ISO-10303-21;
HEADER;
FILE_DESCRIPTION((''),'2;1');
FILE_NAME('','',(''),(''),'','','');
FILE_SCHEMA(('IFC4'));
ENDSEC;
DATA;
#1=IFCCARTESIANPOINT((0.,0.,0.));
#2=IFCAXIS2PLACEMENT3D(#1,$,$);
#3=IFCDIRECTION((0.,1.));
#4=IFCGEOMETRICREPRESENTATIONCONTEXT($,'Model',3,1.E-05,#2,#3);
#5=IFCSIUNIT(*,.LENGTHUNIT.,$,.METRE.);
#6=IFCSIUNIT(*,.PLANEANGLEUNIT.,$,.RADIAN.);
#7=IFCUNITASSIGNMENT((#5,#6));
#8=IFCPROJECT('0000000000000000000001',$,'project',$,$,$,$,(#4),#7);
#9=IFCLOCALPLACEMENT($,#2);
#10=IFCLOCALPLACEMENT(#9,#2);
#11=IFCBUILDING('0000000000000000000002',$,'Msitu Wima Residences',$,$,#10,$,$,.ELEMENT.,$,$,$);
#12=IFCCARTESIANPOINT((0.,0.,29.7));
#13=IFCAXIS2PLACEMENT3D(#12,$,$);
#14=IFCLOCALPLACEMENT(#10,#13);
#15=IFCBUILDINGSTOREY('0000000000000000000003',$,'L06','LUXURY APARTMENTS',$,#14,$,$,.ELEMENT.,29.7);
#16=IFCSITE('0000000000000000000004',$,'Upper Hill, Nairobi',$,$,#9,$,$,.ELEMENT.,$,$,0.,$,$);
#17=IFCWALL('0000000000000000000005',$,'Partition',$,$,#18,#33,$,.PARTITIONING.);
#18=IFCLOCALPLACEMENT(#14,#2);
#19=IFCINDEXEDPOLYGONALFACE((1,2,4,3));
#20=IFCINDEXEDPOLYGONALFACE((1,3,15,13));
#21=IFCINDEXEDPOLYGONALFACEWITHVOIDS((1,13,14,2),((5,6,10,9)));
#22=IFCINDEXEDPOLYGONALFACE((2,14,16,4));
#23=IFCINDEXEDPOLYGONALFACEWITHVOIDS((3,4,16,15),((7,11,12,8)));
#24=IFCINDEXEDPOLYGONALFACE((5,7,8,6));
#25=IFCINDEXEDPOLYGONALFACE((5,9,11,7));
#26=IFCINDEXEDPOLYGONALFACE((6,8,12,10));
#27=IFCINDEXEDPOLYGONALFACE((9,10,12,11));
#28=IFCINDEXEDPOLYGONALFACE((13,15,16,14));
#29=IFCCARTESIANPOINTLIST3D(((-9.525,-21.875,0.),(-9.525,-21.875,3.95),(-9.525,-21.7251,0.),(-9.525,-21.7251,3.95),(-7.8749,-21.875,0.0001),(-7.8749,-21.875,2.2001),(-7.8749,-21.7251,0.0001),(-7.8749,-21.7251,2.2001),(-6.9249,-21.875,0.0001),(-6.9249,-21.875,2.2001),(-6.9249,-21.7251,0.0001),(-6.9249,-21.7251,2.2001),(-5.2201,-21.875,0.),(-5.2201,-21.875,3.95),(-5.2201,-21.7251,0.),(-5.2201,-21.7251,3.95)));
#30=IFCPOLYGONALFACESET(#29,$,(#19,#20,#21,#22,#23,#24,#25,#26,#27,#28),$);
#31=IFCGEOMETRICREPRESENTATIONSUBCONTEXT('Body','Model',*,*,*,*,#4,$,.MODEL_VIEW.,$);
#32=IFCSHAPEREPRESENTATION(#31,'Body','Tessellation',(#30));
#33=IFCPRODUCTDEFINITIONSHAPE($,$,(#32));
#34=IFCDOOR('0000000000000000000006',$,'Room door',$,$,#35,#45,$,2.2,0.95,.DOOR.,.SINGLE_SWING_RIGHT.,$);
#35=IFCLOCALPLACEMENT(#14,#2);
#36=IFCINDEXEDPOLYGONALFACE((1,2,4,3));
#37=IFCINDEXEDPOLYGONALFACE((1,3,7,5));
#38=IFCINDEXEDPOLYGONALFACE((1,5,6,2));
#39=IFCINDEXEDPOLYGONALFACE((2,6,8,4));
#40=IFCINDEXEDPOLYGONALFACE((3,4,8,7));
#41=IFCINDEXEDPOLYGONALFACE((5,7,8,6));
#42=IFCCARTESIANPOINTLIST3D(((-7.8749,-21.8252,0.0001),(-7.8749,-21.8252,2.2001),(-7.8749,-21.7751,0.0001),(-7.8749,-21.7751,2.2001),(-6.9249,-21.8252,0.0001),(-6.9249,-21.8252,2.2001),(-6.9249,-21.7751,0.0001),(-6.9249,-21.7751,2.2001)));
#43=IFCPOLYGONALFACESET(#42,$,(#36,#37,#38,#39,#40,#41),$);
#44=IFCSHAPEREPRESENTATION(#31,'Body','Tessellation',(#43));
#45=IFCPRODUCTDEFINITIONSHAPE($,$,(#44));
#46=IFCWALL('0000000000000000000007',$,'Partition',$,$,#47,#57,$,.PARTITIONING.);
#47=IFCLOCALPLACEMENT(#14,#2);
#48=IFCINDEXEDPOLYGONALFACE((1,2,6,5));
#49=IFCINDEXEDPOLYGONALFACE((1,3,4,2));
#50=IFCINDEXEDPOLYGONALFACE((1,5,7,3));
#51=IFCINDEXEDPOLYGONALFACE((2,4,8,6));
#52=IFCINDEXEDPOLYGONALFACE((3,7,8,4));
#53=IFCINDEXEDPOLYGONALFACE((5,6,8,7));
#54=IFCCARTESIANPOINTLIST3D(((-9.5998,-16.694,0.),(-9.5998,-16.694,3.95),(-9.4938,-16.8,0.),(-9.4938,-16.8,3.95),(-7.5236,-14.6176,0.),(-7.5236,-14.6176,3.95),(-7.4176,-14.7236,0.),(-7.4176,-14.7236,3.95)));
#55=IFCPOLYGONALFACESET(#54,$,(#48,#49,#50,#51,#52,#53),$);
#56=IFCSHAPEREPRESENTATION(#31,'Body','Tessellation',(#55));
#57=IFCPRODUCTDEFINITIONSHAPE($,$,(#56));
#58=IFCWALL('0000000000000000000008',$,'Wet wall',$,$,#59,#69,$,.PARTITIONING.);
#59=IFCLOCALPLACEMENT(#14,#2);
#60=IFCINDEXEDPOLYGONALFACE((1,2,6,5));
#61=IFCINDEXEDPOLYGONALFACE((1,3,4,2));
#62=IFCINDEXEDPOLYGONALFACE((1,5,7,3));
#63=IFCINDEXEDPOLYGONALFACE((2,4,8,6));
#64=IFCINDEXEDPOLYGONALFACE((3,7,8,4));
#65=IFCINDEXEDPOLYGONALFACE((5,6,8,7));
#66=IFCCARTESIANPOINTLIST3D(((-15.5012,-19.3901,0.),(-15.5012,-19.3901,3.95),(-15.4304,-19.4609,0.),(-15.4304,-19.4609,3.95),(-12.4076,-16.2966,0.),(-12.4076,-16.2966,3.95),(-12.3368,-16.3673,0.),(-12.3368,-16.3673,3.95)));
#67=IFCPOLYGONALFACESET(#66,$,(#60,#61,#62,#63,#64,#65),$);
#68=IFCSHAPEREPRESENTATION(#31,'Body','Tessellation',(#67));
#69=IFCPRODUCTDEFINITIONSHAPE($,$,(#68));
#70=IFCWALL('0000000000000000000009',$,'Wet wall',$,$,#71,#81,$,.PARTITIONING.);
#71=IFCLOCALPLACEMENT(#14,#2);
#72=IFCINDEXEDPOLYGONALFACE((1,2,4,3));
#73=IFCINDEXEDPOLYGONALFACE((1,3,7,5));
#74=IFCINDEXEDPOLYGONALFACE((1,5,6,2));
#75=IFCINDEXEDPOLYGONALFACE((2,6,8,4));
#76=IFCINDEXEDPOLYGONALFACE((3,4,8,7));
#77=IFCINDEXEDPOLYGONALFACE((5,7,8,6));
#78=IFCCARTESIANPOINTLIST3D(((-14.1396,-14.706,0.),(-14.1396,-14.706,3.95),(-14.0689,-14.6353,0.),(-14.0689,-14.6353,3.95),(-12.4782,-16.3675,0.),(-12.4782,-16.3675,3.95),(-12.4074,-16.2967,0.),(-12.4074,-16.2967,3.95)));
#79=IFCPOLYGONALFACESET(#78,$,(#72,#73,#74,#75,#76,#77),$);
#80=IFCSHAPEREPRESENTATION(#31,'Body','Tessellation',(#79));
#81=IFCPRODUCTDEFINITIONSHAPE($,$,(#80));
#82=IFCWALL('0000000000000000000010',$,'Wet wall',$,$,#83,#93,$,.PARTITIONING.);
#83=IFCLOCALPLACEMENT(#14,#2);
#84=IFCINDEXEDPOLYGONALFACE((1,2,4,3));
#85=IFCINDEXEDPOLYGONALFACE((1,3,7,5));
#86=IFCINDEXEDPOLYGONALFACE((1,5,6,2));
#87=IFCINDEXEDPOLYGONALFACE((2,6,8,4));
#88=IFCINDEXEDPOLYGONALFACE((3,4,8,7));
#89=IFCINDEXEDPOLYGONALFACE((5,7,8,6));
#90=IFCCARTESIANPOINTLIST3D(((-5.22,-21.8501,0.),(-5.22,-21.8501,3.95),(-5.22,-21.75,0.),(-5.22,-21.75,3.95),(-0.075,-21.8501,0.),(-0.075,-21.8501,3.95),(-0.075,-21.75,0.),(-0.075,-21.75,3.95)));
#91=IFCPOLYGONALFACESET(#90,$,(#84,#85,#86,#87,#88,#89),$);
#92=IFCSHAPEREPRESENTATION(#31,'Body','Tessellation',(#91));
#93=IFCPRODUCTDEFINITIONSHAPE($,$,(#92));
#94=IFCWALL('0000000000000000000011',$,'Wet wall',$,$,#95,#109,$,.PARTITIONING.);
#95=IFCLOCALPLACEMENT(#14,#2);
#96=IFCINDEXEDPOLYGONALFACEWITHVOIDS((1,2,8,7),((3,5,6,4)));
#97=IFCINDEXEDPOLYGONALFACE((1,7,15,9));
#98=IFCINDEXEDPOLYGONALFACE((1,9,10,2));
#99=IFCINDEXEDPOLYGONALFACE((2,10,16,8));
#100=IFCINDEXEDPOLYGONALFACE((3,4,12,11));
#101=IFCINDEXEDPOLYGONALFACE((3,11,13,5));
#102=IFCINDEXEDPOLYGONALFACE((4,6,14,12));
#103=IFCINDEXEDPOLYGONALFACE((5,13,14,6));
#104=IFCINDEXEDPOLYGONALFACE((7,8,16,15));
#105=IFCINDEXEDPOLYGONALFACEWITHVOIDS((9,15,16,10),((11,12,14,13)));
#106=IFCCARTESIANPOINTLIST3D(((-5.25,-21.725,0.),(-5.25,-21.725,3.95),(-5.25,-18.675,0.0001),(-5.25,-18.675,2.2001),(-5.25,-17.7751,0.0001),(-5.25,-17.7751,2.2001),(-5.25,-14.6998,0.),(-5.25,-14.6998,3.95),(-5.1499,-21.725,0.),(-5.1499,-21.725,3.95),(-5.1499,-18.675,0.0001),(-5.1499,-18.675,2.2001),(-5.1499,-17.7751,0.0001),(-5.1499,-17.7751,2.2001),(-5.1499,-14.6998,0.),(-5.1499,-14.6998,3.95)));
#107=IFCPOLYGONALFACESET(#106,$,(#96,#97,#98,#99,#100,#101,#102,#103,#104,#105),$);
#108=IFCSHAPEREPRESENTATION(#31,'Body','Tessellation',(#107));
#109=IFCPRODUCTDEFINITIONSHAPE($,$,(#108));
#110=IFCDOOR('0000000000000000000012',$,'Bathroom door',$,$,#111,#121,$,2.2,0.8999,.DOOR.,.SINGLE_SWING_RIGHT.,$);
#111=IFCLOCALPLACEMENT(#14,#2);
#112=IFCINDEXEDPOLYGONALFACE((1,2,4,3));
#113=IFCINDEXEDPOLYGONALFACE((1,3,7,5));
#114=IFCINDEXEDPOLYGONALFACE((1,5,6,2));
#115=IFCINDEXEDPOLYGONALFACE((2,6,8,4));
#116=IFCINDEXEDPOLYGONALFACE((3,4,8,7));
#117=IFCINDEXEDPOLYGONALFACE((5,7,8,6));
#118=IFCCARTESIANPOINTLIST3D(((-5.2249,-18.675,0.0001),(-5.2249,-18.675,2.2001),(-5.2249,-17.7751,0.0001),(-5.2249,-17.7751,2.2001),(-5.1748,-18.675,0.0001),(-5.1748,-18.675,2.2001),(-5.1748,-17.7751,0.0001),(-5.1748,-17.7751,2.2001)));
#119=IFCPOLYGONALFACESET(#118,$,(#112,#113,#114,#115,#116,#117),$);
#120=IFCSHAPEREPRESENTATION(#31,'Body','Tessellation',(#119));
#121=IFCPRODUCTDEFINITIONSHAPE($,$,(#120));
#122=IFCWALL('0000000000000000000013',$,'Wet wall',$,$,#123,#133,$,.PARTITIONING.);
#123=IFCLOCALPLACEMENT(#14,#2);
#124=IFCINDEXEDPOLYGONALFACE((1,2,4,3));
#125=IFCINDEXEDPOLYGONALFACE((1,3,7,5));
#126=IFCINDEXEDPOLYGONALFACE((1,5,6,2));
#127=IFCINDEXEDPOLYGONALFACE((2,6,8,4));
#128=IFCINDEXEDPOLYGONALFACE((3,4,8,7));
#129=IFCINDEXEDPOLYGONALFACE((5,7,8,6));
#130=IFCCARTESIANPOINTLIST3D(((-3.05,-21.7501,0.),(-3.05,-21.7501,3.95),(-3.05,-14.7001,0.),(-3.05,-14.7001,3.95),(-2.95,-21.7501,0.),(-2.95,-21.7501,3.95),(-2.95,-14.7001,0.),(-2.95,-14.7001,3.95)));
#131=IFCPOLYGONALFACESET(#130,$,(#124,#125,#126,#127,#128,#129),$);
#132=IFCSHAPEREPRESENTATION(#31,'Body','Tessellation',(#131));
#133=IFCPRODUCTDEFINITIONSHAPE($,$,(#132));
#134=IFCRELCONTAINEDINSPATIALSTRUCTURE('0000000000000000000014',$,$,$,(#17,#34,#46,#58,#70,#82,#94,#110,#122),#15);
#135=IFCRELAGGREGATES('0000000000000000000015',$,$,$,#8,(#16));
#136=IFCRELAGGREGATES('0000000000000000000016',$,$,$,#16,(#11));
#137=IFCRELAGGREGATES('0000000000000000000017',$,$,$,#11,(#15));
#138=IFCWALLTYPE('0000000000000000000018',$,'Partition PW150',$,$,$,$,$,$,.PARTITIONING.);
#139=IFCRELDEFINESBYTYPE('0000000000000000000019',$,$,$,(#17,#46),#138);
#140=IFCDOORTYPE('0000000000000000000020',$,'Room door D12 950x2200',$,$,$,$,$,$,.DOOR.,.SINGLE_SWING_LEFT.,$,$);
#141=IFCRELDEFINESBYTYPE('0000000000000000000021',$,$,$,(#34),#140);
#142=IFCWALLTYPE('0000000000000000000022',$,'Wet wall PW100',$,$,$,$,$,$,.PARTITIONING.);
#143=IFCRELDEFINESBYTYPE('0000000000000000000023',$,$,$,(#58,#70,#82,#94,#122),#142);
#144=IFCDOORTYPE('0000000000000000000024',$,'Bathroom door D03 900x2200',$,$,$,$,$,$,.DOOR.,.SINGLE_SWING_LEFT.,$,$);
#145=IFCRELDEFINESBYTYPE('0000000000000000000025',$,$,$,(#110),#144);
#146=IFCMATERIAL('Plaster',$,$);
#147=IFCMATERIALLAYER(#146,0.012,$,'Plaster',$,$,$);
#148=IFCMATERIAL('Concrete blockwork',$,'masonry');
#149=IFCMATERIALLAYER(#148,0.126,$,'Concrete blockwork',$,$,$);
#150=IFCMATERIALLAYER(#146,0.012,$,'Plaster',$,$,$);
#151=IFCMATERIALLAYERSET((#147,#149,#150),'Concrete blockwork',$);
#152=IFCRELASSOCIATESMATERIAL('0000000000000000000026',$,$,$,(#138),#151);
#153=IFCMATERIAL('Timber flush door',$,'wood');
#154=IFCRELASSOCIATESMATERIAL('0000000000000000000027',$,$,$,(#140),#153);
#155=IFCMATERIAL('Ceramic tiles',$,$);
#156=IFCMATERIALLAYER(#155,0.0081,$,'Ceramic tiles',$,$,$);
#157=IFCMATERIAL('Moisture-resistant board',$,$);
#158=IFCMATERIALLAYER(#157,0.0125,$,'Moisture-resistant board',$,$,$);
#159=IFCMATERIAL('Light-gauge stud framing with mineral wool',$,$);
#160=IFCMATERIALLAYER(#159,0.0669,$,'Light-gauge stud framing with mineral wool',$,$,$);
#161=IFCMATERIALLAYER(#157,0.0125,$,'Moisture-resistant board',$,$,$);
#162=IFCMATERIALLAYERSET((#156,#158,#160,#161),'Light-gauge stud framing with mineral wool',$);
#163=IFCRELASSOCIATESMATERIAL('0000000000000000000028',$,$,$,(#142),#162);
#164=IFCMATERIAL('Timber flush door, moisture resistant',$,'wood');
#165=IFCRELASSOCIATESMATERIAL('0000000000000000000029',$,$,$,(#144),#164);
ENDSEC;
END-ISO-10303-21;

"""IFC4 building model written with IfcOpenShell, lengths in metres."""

from ifc_helpers import new_model, si_unit, direction, frame, frame_2d, origin, place, context, subcontext, project, spatial, rectangle, extrude, material, layer, layer_set, type_object, element, fill, save


model = new_model("IFC4")

# Units and contexts
model_context = context("Model", 3, precision=1e-05, world=origin(), true_north=direction((0.0, 1.0)))
body_context = subcontext(model_context, "Body", "Model", "MODEL_VIEW")
ifc_project = project(units=[si_unit("LENGTHUNIT", "METRE"), si_unit("PLANEANGLEUNIT", "RADIAN")], contexts=[model_context])

# Site, building, storey
site_placement = place(None, origin())
site = spatial("IfcSite", under=ifc_project, at=site_placement, Name="Upper Hill, Nairobi", CompositionType="ELEMENT", RefElevation=0.0)
building_placement = place(site_placement, origin())
building = spatial("IfcBuilding", under=site, at=building_placement, Name="Msitu Wima Residences", CompositionType="ELEMENT")
storey_placement = place(building_placement, frame((0.0, 0.0, 29.7)))
storey = spatial("IfcBuildingStorey", under=building, at=storey_placement, Name="L06", Description="LUXURY APARTMENTS", CompositionType="ELEMENT", Elevation=29.7)

# Shared definitions
ifc_material_1 = material(Name="Plaster")
ifc_layer_1 = layer(ifc_material_1, 0.012, Name="Plaster")
ifc_material_2 = material(Name="Concrete blockwork", Category="masonry")
ifc_layer_2 = layer(ifc_material_2, 0.126, Name="Concrete blockwork")
ifc_layer_3 = layer(ifc_material_1, 0.012, Name="Plaster")
ifc_layer_set_1 = layer_set([ifc_layer_1, ifc_layer_2, ifc_layer_3], Name="Concrete blockwork")
wall_type_1 = type_object("IfcWallType", Name="Partition PW150", PredefinedType="PARTITIONING", material=ifc_layer_set_1)

# Shared definitions
ifc_material_3 = material(Name="Timber flush door", Category="wood")
door_type_1 = type_object("IfcDoorType", Name="Room door D12 950x2200", OperationType="SINGLE_SWING_LEFT", PredefinedType="DOOR", material=ifc_material_3)

# Wall, opening, door
wall_1_placement = place(storey_placement, frame((-9.5249, -21.8, 0.0), z_axis=(0.0, 0.0, 1.0), x_axis=(1.0, 0.0, 0.0)))
wall_1 = element("IfcWall", 1, at=wall_1_placement, inside=storey, type_object=wall_type_1, Name="Partition", PredefinedType="PARTITIONING", context=body_context, shape_type="SweptSolid", body=[
    extrude(rectangle(XDim=4.3049, YDim=0.1499, at=frame_2d((2.1523, 0.0))), origin(), (0.0, 0.0, 1.0), 3.95),
])
opening_1_placement = place(wall_1_placement, frame((1.6499, 0.0, 0.0)))
opening_1 = element("IfcOpeningElement", 2, at=opening_1_placement, cuts=wall_1, PredefinedType="OPENING", context=body_context, shape_type="SweptSolid", body=[
    extrude(rectangle(XDim=0.95, YDim=2.2, at=frame_2d((0.4751, 1.1001))), frame((0.0, 0.085, 0.0), z_axis=(0.0, -1.0, 0.0), x_axis=(1.0, 0.0, 0.0)), (0.0, 0.0, 1.0), 0.1699),
])
door_1_placement = place(opening_1_placement, origin())
door_1 = element("IfcDoor", 3, at=door_1_placement, inside=storey, type_object=door_type_1, Name="Room door", OperationType="SINGLE_SWING_RIGHT", OverallHeight=2.2, OverallWidth=0.95, PredefinedType="DOOR", context=body_context, shape_type="SweptSolid", body=[
    extrude(rectangle(XDim=0.95, YDim=2.2, at=frame_2d((0.4751, 1.1001))), frame((0.0, 0.0249, 0.0), z_axis=(0.0, -1.0, 0.0), x_axis=(1.0, 0.0, 0.0)), (0.0, 0.0, 1.0), 0.05),
])
fill(opening_1, door_1)

# Walls
wall_2_placement = place(storey_placement, frame((-9.5469, -16.7471, 0.0), z_axis=(0.0, 0.0, 1.0), x_axis=(0.707065, 0.707148, 0.0)))
element("IfcWall", 4, at=wall_2_placement, inside=storey, type_object=wall_type_1, Name="Partition", PredefinedType="PARTITIONING", context=body_context, shape_type="SweptSolid", body=[
    extrude(rectangle(XDim=2.9363, YDim=0.1499, at=frame_2d((1.4683, 0.0))), origin(), (0.0, 0.0, 1.0), 3.95),
])
ifc_material_4 = material(Name="Ceramic tiles")
ifc_layer_4 = layer(ifc_material_4, 0.0081, Name="Ceramic tiles")
ifc_material_5 = material(Name="Moisture-resistant board")
ifc_layer_5 = layer(ifc_material_5, 0.0125, Name="Moisture-resistant board")
ifc_material_6 = material(Name="Light-gauge stud framing with mineral wool")
ifc_layer_6 = layer(ifc_material_6, 0.0669, Name="Light-gauge stud framing with mineral wool")
ifc_layer_7 = layer(ifc_material_5, 0.0125, Name="Moisture-resistant board")
ifc_layer_set_2 = layer_set([ifc_layer_4, ifc_layer_5, ifc_layer_6, ifc_layer_7], Name="Light-gauge stud framing with mineral wool")
wall_type_2 = type_object("IfcWallType", Name="Wet wall PW100", PredefinedType="PARTITIONING", material=ifc_layer_set_2)
wall_3_placement = place(storey_placement, frame((-15.4658, -19.4255, 0.0), z_axis=(0.0, 0.0, 1.0), x_axis=(0.707107, 0.707107, 0.0)))
element("IfcWall", 5, at=wall_3_placement, inside=storey, type_object=wall_type_2, Name="Wet wall", PredefinedType="PARTITIONING", context=body_context, shape_type="SweptSolid", body=[
    extrude(rectangle(XDim=4.375, YDim=0.1001, at=frame_2d((2.1875, 0.0))), origin(), (0.0, 0.0, 1.0), 3.95),
])
wall_4_placement = place(storey_placement, frame((-14.1042, -14.6707, 0.0), z_axis=(0.0, 0.0, 1.0), x_axis=(0.707107, -0.707107, 0.0)))
element("IfcWall", 6, at=wall_4_placement, inside=storey, type_object=wall_type_2, Name="Wet wall", PredefinedType="PARTITIONING", context=body_context, shape_type="SweptSolid", body=[
    extrude(rectangle(XDim=2.3496, YDim=0.1001, at=frame_2d((1.1748, 0.0))), origin(), (0.0, 0.0, 1.0), 3.95),
])
wall_5_placement = place(storey_placement, frame((-5.22, -21.8, 0.0), z_axis=(0.0, 0.0, 1.0), x_axis=(1.0, 0.0, 0.0)))
element("IfcWall", 7, at=wall_5_placement, inside=storey, type_object=wall_type_2, Name="Wet wall", PredefinedType="PARTITIONING", context=body_context, shape_type="SweptSolid", body=[
    extrude(rectangle(XDim=5.145, YDim=0.1001, at=frame_2d((2.5725, 0.0))), origin(), (0.0, 0.0, 1.0), 3.95),
])

# Wall, opening, door
wall_6_placement = place(storey_placement, frame((-5.2, -21.7251, 0.0), z_axis=(0.0, 0.0, 1.0), x_axis=(0.0, 1.0, 0.0)))
wall_6 = element("IfcWall", 8, at=wall_6_placement, inside=storey, type_object=wall_type_2, Name="Wet wall", PredefinedType="PARTITIONING", context=body_context, shape_type="SweptSolid", body=[
    extrude(rectangle(XDim=7.0251, YDim=0.1001, at=frame_2d((3.5127, 0.0))), origin(), (0.0, 0.0, 1.0), 3.95),
])
opening_2_placement = place(wall_6_placement, frame((3.05, 0.0, 0.0)))
opening_2 = element("IfcOpeningElement", 9, at=opening_2_placement, cuts=wall_6, PredefinedType="OPENING", context=body_context, shape_type="SweptSolid", body=[
    extrude(rectangle(XDim=0.8999, YDim=2.2, at=frame_2d((0.45, 1.1001))), frame((0.0, 0.0601, 0.0), z_axis=(0.0, -1.0, 0.0), x_axis=(1.0, 0.0, 0.0)), (0.0, 0.0, 1.0), 0.1201),
])
ifc_material_7 = material(Name="Timber flush door, moisture resistant", Category="wood")
door_type_2 = type_object("IfcDoorType", Name="Bathroom door D03 900x2200", OperationType="SINGLE_SWING_LEFT", PredefinedType="DOOR", material=ifc_material_7)
door_2_placement = place(opening_2_placement, origin())
door_2 = element("IfcDoor", 10, at=door_2_placement, inside=storey, type_object=door_type_2, Name="Bathroom door", OperationType="SINGLE_SWING_RIGHT", OverallHeight=2.2, OverallWidth=0.8999, PredefinedType="DOOR", context=body_context, shape_type="SweptSolid", body=[
    extrude(rectangle(XDim=0.8999, YDim=2.2, at=frame_2d((0.45, 1.1001))), frame((0.0, 0.0249, 0.0), z_axis=(0.0, -1.0, 0.0), x_axis=(1.0, 0.0, 0.0)), (0.0, 0.0, 1.0), 0.05),
])
fill(opening_2, door_2)

# Wall
wall_7_placement = place(storey_placement, frame((-3.0, -21.75, 0.0), z_axis=(0.0, 0.0, 1.0), x_axis=(0.0, 1.0, 0.0)))
element("IfcWall", 11, at=wall_7_placement, inside=storey, type_object=wall_type_2, Name="Wet wall", PredefinedType="PARTITIONING", context=body_context, shape_type="SweptSolid", body=[
    extrude(rectangle(XDim=7.05, YDim=0.1001, at=frame_2d((3.5249, 0.0))), origin(), (0.0, 0.0, 1.0), 3.95),
])

save(model, "model.ifc")
